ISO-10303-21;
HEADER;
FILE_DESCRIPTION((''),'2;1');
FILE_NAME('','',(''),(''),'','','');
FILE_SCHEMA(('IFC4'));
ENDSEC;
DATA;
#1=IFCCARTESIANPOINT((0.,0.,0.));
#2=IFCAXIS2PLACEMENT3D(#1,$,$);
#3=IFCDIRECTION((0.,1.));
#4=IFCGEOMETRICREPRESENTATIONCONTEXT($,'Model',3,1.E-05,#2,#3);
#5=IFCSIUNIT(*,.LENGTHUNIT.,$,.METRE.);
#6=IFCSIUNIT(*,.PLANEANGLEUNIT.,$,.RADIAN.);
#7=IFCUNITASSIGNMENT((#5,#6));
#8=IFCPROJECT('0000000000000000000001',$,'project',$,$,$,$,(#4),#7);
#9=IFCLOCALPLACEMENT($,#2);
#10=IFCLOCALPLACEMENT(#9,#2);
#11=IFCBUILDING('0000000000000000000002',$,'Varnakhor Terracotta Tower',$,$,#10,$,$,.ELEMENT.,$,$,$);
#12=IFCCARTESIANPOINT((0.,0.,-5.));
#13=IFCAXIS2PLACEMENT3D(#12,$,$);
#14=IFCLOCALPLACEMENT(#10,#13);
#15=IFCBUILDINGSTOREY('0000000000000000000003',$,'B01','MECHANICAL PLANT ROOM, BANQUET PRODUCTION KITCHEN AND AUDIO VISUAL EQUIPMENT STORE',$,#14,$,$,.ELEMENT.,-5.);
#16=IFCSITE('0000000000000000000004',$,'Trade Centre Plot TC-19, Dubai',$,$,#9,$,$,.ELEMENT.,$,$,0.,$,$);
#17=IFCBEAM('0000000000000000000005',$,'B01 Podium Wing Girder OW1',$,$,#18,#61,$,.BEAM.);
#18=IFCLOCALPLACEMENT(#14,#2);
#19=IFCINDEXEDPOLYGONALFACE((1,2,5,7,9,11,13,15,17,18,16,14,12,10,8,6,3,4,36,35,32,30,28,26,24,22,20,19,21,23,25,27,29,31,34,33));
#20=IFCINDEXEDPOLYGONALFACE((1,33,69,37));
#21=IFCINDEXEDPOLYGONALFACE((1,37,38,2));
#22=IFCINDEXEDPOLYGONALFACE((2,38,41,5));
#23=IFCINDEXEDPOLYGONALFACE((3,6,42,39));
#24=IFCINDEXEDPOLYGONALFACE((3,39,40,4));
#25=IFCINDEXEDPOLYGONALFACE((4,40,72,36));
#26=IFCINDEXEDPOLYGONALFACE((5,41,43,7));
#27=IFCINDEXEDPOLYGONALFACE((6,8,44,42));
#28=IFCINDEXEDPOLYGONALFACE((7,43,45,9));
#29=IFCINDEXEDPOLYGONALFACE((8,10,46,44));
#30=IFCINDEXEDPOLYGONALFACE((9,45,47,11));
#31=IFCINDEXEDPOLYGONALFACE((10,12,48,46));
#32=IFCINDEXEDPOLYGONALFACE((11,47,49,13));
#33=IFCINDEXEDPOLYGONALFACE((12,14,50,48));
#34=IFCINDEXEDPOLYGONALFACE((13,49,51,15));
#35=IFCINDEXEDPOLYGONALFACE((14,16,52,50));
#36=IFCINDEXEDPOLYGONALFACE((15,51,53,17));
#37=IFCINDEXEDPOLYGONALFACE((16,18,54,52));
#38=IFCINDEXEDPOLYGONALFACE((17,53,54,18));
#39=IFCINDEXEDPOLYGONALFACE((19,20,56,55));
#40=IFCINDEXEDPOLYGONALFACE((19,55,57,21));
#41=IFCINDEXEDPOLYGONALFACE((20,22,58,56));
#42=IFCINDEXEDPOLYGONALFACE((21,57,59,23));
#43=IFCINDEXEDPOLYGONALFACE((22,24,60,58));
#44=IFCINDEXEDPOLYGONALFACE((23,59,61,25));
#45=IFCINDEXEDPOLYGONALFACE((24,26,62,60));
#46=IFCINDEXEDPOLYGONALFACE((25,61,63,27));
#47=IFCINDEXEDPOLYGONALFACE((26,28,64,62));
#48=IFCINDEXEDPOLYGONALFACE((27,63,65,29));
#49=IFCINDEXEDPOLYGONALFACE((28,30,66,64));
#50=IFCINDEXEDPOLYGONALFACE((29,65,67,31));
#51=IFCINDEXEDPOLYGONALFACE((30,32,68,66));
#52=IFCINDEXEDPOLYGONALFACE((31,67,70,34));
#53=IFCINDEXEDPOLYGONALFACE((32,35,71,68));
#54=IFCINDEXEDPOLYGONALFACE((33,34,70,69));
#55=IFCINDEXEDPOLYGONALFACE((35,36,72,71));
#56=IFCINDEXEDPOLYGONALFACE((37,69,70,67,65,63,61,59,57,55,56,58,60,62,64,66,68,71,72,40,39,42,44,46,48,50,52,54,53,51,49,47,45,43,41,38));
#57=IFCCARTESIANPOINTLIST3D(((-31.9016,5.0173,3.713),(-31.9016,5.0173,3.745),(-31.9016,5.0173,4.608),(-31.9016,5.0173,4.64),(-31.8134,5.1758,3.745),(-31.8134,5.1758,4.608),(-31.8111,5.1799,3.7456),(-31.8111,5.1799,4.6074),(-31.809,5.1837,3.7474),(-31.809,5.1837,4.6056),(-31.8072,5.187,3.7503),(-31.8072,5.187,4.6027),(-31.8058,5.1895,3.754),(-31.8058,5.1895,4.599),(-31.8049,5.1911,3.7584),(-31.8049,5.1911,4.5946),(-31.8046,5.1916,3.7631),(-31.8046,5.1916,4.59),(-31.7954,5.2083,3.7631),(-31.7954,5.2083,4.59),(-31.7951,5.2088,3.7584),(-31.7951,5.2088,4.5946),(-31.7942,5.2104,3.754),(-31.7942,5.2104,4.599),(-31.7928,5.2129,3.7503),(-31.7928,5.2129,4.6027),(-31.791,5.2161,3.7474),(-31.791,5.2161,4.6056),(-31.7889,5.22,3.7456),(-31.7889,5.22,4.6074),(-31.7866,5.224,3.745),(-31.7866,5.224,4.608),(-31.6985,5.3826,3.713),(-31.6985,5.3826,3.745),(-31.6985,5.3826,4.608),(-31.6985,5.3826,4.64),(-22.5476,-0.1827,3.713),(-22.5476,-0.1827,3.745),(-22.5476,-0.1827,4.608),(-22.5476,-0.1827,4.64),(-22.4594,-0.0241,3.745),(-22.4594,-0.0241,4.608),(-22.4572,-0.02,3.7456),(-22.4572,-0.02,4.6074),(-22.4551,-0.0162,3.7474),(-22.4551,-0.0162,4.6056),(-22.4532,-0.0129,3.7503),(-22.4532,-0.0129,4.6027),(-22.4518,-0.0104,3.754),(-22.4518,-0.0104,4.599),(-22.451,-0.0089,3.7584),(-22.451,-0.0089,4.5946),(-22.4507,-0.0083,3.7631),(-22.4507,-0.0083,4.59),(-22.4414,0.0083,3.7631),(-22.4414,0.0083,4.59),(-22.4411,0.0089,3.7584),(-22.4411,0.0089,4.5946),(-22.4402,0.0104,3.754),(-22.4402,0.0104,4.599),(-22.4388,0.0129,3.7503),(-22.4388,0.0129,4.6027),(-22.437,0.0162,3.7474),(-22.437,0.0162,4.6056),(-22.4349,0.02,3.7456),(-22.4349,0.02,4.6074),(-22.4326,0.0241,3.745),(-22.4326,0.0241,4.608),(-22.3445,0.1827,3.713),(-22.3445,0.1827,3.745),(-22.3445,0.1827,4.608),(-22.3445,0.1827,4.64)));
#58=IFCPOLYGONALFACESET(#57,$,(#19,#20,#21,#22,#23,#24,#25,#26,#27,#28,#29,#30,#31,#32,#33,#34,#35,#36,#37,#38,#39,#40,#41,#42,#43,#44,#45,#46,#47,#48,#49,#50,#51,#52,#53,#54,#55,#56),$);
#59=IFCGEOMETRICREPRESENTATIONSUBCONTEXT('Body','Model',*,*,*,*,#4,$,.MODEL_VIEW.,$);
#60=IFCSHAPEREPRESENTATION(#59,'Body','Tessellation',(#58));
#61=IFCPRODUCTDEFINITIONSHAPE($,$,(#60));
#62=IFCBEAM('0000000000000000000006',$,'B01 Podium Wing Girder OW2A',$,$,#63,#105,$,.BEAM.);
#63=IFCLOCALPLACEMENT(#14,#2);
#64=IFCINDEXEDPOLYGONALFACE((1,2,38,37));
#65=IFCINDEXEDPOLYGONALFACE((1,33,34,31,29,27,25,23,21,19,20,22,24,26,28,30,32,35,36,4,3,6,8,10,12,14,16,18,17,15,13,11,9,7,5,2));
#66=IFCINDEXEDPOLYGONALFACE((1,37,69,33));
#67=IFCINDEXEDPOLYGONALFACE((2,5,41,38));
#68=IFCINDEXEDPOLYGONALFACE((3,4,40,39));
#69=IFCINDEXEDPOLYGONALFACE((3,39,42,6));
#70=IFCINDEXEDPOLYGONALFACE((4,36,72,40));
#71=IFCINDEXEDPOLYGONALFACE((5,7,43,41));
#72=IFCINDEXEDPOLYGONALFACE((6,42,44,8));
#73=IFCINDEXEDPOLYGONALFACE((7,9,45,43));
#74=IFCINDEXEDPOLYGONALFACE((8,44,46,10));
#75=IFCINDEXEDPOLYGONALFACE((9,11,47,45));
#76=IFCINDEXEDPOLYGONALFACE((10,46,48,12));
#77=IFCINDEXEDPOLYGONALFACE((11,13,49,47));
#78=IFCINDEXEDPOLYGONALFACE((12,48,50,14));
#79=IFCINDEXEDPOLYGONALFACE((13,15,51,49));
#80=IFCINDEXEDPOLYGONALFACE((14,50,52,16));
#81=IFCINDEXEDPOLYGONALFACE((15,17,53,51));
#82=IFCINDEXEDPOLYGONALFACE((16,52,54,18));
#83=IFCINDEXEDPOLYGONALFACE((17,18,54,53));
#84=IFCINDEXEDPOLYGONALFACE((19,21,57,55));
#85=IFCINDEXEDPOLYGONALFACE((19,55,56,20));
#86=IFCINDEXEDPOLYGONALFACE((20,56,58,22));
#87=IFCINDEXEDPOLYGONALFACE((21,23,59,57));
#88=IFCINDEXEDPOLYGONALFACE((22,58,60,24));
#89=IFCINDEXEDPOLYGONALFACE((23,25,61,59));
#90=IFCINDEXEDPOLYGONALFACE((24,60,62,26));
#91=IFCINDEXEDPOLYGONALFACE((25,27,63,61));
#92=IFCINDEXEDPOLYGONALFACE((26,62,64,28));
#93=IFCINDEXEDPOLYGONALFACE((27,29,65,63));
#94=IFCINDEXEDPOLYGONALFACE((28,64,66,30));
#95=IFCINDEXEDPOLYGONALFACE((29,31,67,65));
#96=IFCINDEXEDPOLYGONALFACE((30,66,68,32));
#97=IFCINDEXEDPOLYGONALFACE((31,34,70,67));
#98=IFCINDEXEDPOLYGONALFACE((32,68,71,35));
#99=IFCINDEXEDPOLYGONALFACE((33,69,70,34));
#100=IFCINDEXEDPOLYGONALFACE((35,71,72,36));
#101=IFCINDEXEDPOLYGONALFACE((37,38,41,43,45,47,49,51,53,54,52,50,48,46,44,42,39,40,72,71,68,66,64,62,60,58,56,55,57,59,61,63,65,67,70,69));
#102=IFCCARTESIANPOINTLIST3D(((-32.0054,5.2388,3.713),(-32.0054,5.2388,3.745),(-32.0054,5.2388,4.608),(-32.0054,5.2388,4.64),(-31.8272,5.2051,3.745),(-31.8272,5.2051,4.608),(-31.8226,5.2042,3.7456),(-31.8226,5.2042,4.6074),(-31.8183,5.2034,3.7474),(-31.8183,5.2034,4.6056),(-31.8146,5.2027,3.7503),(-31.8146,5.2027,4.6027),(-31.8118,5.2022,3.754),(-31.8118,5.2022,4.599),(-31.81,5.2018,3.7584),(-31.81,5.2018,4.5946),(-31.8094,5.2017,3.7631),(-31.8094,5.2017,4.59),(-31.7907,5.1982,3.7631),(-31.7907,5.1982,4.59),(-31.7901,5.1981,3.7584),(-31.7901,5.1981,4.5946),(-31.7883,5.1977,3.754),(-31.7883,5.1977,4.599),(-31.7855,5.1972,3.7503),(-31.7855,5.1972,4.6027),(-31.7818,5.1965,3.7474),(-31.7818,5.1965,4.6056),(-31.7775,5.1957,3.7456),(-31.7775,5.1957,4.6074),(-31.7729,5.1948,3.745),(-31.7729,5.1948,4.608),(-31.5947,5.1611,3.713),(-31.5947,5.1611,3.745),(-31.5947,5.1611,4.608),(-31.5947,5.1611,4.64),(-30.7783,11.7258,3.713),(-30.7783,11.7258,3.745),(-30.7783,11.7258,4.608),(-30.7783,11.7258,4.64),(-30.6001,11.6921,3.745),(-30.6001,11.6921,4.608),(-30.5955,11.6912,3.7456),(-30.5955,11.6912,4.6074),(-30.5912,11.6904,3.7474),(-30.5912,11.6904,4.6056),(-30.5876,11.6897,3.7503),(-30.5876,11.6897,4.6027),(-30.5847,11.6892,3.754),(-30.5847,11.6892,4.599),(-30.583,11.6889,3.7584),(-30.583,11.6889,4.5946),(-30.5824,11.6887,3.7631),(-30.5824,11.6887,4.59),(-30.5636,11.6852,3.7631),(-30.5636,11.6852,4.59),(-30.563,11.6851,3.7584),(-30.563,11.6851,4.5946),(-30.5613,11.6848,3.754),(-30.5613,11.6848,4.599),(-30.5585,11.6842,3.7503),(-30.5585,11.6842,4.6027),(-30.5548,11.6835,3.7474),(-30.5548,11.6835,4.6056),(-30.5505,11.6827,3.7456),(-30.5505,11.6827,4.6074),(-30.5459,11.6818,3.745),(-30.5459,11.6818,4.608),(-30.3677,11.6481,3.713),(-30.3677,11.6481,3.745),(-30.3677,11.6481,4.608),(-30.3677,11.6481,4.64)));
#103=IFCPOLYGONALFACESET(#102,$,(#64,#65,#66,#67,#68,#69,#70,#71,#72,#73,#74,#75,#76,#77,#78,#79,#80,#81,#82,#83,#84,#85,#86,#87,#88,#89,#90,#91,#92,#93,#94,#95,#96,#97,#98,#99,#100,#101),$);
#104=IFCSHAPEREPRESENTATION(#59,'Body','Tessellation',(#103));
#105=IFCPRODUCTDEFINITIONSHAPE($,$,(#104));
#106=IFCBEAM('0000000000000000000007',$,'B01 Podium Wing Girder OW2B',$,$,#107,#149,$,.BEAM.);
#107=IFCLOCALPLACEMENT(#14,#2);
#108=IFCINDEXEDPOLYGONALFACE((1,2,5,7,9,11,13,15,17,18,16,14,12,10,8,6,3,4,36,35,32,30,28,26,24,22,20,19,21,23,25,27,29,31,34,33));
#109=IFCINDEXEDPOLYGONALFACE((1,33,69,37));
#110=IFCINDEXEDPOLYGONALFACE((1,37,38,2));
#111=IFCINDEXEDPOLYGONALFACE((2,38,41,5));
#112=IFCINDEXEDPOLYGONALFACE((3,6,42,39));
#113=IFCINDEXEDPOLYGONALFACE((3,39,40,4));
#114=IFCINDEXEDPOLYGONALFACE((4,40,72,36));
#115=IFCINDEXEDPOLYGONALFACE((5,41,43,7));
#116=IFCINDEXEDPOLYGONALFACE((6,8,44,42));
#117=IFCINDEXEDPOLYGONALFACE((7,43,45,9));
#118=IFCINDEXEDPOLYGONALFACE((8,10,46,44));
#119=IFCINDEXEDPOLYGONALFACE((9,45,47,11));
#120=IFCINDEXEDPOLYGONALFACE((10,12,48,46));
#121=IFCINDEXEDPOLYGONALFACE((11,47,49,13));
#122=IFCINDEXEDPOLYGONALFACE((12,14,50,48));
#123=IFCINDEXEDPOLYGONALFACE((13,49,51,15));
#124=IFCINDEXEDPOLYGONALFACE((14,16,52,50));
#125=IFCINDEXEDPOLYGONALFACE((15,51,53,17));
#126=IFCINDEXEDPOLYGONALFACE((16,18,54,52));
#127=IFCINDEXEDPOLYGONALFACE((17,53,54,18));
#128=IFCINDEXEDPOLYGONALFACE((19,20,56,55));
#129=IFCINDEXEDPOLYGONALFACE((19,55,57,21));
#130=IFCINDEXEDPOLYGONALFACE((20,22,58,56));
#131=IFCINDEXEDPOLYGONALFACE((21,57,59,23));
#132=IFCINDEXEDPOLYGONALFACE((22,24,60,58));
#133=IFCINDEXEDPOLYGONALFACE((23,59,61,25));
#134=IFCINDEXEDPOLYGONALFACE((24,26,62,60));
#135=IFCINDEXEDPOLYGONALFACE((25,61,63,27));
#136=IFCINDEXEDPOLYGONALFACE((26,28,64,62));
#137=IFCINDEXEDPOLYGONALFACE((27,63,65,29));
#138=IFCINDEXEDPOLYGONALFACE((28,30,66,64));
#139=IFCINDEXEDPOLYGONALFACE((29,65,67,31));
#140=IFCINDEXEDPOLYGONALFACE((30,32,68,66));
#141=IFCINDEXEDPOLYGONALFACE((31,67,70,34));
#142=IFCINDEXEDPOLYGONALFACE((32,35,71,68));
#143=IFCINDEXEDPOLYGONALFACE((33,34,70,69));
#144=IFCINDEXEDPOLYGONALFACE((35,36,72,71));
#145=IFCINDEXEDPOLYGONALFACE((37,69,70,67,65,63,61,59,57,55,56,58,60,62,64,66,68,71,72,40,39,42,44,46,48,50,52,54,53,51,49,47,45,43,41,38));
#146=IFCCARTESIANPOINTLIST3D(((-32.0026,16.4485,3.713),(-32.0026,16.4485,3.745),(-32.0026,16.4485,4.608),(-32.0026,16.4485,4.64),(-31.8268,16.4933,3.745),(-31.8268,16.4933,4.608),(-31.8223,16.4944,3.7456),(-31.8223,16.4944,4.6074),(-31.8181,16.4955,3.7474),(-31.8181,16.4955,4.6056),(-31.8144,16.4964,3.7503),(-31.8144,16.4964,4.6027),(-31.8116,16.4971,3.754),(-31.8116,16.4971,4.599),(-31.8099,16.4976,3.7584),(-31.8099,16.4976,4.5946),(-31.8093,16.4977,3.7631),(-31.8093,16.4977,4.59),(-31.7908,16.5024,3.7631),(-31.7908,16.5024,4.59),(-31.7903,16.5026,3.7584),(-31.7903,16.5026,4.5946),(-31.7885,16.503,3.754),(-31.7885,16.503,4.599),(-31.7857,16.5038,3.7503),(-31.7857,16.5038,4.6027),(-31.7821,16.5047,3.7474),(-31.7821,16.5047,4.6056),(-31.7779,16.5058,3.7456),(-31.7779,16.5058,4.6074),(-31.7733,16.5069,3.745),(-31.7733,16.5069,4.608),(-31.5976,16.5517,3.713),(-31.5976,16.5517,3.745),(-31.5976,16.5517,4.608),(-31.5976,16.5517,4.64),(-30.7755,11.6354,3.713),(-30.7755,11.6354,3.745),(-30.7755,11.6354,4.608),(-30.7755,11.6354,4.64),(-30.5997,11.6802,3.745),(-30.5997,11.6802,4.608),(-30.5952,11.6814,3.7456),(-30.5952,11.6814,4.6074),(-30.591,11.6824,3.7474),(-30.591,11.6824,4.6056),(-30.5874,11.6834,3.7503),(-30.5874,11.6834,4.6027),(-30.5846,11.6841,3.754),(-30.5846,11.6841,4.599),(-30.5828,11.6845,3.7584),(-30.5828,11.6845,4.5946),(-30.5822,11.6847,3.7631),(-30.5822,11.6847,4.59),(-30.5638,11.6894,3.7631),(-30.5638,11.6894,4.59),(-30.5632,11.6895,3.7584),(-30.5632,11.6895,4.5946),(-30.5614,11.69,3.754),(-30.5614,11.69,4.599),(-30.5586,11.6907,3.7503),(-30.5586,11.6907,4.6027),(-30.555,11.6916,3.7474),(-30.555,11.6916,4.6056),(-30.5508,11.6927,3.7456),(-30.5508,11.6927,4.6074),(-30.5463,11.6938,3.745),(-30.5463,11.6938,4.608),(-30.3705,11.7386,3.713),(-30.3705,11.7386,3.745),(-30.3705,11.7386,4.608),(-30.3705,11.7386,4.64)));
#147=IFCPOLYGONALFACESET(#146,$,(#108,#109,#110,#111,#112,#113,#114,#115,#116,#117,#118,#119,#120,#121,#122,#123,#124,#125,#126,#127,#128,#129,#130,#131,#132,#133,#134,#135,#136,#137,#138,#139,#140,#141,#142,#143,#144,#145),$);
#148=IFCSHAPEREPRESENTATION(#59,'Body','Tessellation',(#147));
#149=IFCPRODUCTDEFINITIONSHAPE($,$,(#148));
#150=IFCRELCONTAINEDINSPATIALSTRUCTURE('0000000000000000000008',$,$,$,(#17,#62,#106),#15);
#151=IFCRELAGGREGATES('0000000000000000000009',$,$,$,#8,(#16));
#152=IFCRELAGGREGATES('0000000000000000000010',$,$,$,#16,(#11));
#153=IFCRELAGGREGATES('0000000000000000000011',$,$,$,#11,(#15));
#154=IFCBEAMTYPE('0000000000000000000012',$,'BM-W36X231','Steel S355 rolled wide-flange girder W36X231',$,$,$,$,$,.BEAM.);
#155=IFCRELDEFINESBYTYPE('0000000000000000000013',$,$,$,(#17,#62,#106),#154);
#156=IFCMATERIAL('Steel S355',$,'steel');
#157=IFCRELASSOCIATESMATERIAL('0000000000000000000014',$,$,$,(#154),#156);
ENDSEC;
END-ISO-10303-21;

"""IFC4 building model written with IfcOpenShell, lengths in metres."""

from ifc_helpers import new_model, si_unit, direction, frame, origin, origin_2d, place, context, subcontext, project, spatial, i_section, extrude, source, transform, mapped, material, material_profile, profile_set, type_object, element, save


model = new_model("IFC4")

# Units and contexts
model_context = context("Model", 3, precision=1e-05, world=origin(), true_north=direction((0.0, 1.0)))
body_context = subcontext(model_context, "Body", "Model", "MODEL_VIEW")
ifc_project = project(units=[si_unit("LENGTHUNIT", "METRE"), si_unit("PLANEANGLEUNIT", "RADIAN")], contexts=[model_context])

# Site, building, storey
site_placement = place(None, origin())
site = spatial("IfcSite", under=ifc_project, at=site_placement, Name="Trade Centre Plot TC-19, Dubai", CompositionType="ELEMENT", RefElevation=0.0)
building_placement = place(site_placement, origin())
building = spatial("IfcBuilding", under=site, at=building_placement, Name="Varnakhor Terracotta Tower", CompositionType="ELEMENT")
storey_placement = place(building_placement, frame((0.0, 0.0, -5.0)))
storey = spatial("IfcBuildingStorey", under=building, at=storey_placement, Name="B01", Description="MECHANICAL PLANT ROOM, BANQUET PRODUCTION KITCHEN AND AUDIO VISUAL EQUIPMENT STORE", CompositionType="ELEMENT", Elevation=-5.0)

# Beams
ifc_material_1 = material(Name="Steel S355", Category="steel")
ifc_material_profile_1 = material_profile(ifc_material_1, i_section(OverallWidth=0.418, OverallDepth=0.927, WebThickness=0.019, FlangeThickness=0.032, FilletRadius=0.0181, at=origin_2d()), Name="W36X231")
ifc_profile_set_1 = profile_set([ifc_material_profile_1], Name="Steel S355")
beam_type_1 = type_object("IfcBeamType", Name="BM-W36X231", Description="Steel S355 rolled wide-flange girder W36X231", PredefinedType="BEAM", material=ifc_profile_set_1)
shared_shape_1 = source(origin(), body_context, "Body", "SweptSolid", [
    extrude(i_section(OverallWidth=0.418, OverallDepth=0.927, WebThickness=0.019, FlangeThickness=0.032, FilletRadius=0.0181, at=origin_2d()), origin(), (0.0, 0.0, 1.0), 10.7021),
])
beam_1_placement = place(storey_placement, frame((-22.446, 0.0, 4.1765), z_axis=(-0.874027, 0.485877, 0.0), x_axis=(-0.485877, -0.874027, 0.0)))
element("IfcBeam", 1, at=beam_1_placement, inside=storey, type_object=beam_type_1, Name="B01 Podium Wing Girder OW1", PredefinedType="BEAM", context=body_context, shape_type="MappedRepresentation", body=[
    mapped(shared_shape_1, transform((0.0, 0.0, 0.0), scale=1.0)),
])
shared_shape_2 = source(origin(), body_context, "Body", "SweptSolid", [
    extrude(i_section(OverallWidth=0.418, OverallDepth=0.927, WebThickness=0.019, FlangeThickness=0.032, FilletRadius=0.0181, at=origin_2d()), origin(), (0.0, 0.0, 1.0), 6.6021),
])
beam_2_placement = place(storey_placement, frame((-31.8, 5.2, 4.1765), z_axis=(0.185858, 0.982577, 0.0), x_axis=(-0.982577, 0.185858, 0.0)))
element("IfcBeam", 2, at=beam_2_placement, inside=storey, type_object=beam_type_1, Name="B01 Podium Wing Girder OW2A", PredefinedType="BEAM", context=body_context, shape_type="MappedRepresentation", body=[
    mapped(shared_shape_2, transform((0.0, 0.0, 0.0), scale=1.0)),
])
shared_shape_3 = source(origin(), body_context, "Body", "SweptSolid", [
    extrude(i_section(OverallWidth=0.418, OverallDepth=0.927, WebThickness=0.019, FlangeThickness=0.032, FilletRadius=0.0181, at=origin_2d()), origin(), (0.0, 0.0, 1.0), 4.967),
])
beam_3_placement = place(storey_placement, frame((-30.573, 11.687, 4.1765), z_axis=(-0.247044, 0.969004, 0.0), x_axis=(-0.969004, -0.247044, 0.0)))
element("IfcBeam", 3, at=beam_3_placement, inside=storey, type_object=beam_type_1, Name="B01 Podium Wing Girder OW2B", PredefinedType="BEAM", context=body_context, shape_type="MappedRepresentation", body=[
    mapped(shared_shape_3, transform((0.0, 0.0, 0.0), scale=1.0)),
])

save(model, "model.ifc")
